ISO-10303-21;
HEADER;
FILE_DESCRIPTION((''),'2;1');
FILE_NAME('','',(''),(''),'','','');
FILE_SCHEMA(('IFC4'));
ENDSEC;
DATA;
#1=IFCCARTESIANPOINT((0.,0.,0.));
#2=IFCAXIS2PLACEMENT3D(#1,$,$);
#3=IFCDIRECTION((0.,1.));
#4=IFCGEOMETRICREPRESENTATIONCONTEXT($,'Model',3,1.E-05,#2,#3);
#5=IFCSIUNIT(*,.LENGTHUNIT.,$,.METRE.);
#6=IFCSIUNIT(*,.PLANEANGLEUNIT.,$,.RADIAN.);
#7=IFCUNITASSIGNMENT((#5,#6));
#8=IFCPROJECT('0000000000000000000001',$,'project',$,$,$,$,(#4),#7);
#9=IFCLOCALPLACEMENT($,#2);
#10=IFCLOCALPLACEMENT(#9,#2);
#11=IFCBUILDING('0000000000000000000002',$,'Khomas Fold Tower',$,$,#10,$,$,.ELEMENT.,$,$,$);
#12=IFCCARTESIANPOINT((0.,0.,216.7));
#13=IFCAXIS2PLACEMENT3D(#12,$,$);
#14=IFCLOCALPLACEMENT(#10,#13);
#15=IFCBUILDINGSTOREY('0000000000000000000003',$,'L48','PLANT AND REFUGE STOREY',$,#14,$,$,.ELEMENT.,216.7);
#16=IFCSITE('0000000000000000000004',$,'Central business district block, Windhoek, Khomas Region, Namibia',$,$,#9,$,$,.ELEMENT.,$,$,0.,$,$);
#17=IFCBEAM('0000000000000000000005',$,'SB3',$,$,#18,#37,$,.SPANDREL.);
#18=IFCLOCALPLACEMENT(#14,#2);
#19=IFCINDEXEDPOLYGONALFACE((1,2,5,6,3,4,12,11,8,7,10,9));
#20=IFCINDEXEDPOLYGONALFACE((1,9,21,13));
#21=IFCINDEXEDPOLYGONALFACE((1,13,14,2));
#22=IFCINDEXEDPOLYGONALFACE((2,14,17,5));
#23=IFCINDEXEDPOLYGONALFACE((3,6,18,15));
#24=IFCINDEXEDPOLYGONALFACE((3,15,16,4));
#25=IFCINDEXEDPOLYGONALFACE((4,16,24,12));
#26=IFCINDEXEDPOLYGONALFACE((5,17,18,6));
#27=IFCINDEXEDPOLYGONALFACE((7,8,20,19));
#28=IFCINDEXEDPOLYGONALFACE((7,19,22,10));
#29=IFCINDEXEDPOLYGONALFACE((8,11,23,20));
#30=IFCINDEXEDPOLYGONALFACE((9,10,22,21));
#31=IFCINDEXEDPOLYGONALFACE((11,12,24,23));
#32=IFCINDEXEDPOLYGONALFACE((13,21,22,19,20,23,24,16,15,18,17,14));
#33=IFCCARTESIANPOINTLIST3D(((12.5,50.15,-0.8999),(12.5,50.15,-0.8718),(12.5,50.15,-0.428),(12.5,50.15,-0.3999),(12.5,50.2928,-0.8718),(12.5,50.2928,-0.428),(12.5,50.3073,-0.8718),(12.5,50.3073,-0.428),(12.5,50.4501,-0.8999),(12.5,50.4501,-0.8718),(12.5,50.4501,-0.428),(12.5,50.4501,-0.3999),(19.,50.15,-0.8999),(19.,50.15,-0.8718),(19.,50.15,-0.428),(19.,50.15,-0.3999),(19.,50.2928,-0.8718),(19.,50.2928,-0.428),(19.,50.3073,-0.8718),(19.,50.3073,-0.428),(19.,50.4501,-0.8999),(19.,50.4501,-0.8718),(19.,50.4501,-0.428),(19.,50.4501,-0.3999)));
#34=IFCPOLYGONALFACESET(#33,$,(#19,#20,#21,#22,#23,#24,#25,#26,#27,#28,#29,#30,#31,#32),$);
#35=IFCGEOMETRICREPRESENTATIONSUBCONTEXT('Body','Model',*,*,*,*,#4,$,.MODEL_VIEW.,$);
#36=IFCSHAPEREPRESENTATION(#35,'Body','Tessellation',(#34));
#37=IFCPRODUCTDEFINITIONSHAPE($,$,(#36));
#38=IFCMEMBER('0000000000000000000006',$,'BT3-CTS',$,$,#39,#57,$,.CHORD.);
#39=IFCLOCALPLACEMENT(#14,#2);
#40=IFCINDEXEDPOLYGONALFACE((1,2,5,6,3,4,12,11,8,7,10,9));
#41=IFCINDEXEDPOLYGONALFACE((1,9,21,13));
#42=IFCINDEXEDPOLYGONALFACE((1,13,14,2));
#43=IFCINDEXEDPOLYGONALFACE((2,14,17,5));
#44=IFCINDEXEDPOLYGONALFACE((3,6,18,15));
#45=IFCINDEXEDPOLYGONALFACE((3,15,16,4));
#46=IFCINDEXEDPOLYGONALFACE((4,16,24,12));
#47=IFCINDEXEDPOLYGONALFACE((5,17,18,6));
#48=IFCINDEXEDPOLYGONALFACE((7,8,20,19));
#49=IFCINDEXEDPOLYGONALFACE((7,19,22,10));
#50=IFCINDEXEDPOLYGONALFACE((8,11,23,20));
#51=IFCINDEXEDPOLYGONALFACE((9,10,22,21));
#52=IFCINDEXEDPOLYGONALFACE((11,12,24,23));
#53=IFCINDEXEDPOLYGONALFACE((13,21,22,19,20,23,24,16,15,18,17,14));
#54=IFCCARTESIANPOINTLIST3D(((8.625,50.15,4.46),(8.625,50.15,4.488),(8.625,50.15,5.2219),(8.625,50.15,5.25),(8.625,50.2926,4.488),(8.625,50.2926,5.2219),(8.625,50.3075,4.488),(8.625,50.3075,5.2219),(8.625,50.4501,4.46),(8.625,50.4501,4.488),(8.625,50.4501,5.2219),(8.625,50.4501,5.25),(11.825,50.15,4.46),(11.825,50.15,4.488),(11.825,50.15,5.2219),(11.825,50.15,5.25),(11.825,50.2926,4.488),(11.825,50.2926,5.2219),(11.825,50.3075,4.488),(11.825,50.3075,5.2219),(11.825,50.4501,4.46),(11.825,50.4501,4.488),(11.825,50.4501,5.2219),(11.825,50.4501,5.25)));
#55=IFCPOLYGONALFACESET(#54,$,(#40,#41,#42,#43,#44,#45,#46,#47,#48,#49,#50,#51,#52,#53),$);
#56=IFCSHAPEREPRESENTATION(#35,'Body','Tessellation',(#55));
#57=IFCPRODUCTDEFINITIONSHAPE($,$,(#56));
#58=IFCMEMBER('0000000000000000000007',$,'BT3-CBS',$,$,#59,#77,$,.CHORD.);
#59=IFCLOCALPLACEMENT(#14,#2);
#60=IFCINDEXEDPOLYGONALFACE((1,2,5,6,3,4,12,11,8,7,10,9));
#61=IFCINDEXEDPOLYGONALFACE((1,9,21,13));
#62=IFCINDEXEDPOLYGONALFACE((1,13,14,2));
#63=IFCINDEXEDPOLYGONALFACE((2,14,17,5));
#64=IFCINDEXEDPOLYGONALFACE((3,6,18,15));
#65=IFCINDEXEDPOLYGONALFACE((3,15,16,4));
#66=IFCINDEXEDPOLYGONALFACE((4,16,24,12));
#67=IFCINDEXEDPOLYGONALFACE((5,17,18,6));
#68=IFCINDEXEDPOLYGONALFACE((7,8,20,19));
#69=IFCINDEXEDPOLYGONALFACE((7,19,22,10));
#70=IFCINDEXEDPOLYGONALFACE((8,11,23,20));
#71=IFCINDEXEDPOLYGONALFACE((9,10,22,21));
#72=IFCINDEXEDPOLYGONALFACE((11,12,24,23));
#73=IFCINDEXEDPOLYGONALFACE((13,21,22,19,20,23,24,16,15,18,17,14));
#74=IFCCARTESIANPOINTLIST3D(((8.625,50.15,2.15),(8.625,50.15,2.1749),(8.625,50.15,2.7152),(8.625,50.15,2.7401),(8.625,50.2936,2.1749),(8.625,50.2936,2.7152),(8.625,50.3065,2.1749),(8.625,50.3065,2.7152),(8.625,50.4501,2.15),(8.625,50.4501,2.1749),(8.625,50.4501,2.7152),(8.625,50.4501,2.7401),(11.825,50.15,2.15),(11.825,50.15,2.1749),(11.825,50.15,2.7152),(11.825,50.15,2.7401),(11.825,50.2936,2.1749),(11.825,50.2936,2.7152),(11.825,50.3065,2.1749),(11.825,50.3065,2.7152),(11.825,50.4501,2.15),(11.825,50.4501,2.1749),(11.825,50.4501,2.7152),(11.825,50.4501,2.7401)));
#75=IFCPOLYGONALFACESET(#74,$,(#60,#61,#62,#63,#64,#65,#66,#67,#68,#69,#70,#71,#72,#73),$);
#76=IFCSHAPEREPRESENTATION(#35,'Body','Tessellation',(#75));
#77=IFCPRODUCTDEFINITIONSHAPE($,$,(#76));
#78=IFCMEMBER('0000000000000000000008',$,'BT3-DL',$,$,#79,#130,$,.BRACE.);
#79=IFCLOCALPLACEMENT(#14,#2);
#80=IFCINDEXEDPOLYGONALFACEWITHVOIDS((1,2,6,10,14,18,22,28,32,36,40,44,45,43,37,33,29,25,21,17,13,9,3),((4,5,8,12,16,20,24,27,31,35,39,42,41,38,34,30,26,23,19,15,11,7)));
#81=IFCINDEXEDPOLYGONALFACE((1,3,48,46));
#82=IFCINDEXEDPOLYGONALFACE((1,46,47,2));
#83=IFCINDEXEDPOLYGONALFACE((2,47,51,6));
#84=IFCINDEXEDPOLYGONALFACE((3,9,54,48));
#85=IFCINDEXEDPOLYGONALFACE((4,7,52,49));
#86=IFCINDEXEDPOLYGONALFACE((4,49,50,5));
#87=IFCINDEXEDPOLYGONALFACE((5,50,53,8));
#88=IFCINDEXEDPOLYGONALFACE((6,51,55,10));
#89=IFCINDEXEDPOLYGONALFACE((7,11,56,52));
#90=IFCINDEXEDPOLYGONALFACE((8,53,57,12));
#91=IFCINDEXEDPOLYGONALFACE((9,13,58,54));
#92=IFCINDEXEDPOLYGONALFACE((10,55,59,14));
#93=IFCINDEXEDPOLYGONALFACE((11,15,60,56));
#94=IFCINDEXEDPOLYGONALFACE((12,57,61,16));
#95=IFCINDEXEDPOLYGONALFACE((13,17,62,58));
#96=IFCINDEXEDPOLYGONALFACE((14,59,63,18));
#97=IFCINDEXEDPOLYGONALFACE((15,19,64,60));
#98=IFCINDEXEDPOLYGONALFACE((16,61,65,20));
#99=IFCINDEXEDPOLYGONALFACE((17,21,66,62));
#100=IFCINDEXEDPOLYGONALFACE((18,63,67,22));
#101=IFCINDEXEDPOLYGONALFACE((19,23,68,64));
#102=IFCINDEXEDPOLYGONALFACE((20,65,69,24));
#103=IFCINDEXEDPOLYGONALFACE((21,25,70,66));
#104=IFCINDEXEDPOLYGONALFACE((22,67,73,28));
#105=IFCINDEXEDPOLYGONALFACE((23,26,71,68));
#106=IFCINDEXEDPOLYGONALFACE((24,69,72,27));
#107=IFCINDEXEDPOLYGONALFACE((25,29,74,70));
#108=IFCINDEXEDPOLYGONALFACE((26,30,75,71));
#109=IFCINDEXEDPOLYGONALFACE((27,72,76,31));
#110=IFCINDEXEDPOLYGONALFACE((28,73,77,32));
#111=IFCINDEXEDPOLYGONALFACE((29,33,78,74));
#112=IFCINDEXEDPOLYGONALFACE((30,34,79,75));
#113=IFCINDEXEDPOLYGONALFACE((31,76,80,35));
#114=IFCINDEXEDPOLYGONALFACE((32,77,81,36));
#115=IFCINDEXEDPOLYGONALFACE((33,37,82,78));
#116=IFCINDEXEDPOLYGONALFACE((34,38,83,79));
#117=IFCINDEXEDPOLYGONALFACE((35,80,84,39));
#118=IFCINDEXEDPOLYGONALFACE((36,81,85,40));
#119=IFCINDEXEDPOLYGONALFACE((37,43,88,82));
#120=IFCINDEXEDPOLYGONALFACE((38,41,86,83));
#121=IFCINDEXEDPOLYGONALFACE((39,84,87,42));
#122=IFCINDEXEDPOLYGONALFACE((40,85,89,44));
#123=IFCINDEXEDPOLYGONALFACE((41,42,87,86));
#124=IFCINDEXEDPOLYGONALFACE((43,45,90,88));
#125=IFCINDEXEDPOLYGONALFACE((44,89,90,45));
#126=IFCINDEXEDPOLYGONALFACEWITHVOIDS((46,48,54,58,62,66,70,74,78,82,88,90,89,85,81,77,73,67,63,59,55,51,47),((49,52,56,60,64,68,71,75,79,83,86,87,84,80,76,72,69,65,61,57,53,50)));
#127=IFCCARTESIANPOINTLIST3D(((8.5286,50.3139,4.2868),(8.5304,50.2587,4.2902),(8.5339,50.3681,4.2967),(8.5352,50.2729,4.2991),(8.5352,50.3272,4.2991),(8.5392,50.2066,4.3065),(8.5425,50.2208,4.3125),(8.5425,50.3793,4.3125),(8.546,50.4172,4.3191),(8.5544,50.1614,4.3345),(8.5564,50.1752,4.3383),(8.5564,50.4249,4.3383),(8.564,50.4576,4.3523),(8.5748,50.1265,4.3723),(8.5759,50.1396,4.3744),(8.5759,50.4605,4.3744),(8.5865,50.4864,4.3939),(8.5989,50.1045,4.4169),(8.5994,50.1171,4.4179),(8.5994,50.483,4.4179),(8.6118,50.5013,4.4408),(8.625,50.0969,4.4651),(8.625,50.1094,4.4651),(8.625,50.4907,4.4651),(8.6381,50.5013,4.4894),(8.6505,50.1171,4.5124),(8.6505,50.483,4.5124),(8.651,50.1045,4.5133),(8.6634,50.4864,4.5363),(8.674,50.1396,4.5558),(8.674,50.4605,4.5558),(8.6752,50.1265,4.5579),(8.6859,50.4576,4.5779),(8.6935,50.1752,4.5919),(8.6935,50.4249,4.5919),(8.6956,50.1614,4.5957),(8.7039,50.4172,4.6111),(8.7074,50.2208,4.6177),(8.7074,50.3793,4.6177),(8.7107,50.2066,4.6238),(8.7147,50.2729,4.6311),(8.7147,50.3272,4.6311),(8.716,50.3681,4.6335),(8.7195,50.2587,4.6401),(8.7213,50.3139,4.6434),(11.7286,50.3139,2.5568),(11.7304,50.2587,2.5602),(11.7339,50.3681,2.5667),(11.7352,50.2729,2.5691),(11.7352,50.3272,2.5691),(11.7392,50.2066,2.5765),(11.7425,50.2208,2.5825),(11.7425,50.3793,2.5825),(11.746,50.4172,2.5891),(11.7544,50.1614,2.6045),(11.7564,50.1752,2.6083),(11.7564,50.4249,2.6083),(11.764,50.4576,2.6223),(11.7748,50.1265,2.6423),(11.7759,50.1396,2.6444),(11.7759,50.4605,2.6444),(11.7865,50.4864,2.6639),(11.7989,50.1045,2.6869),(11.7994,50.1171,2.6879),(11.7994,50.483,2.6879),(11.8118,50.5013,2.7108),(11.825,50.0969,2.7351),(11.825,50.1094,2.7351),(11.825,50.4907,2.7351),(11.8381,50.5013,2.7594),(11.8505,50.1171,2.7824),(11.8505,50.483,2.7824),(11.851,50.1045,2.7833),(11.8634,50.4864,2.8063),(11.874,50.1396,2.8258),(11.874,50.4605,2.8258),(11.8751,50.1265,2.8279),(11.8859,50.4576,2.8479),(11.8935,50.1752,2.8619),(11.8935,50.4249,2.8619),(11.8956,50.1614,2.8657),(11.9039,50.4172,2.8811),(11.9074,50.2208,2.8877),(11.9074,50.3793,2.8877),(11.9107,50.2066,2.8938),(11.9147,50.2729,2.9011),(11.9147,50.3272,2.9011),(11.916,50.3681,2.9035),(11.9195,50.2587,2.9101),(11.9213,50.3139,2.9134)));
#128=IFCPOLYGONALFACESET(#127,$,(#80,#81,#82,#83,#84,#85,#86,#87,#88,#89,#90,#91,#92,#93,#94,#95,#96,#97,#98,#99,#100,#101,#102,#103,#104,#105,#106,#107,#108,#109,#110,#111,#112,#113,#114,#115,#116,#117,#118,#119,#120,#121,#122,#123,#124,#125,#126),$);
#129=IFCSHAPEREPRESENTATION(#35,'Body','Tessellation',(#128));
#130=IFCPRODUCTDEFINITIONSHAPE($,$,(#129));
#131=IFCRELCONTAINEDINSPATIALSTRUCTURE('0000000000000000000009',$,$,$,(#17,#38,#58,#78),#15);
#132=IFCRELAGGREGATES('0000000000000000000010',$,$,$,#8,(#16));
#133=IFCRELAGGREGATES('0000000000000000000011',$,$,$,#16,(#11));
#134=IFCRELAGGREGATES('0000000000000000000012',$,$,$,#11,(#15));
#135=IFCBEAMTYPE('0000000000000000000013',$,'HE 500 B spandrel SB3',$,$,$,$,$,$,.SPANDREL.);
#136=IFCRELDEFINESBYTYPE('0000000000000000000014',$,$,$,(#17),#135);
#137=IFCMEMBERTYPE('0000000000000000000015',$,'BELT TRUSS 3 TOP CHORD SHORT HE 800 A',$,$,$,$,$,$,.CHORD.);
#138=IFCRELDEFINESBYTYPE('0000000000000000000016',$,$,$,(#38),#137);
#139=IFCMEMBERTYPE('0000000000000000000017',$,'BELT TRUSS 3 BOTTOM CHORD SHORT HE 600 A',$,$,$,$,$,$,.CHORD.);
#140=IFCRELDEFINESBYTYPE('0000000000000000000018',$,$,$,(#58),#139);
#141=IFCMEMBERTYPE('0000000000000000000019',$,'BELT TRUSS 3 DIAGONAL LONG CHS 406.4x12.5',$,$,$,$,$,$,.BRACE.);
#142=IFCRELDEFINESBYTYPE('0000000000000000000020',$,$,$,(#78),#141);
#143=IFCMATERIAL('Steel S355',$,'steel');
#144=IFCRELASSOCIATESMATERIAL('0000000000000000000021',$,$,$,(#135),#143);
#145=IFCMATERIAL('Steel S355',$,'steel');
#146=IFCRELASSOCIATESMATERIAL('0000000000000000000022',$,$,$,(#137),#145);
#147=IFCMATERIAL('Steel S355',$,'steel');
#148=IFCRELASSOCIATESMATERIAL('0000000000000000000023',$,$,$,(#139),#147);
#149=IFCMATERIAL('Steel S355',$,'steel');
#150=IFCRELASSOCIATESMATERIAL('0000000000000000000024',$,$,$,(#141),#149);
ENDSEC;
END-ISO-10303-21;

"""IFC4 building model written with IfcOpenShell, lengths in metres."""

from ifc_helpers import new_model, si_unit, direction, frame, origin, origin_2d, place, context, subcontext, project, spatial, hollow_circle, i_section, extrude, source, transform, mapped, material, material_profile, profile_set, type_object, element, save


model = new_model("IFC4")

# Units and contexts
model_context = context("Model", 3, precision=1e-05, world=origin(), true_north=direction((0.0, 1.0)))
body_context = subcontext(model_context, "Body", "Model", "MODEL_VIEW")
ifc_project = project(units=[si_unit("LENGTHUNIT", "METRE"), si_unit("PLANEANGLEUNIT", "RADIAN")], contexts=[model_context])

# Site, building, storey
site_placement = place(None, origin())
site = spatial("IfcSite", under=ifc_project, at=site_placement, Name="Central business district block, Windhoek, Khomas Region, Namibia", CompositionType="ELEMENT", RefElevation=0.0)
building_placement = place(site_placement, origin())
building = spatial("IfcBuilding", under=site, at=building_placement, Name="Khomas Fold Tower", CompositionType="ELEMENT")
storey_placement = place(building_placement, frame((0.0, 0.0, 216.7)))
storey = spatial("IfcBuildingStorey", under=building, at=storey_placement, Name="L48", Description="PLANT AND REFUGE STOREY", CompositionType="ELEMENT", Elevation=216.7)

# Beam
ifc_material_1 = material(Name="Steel S355", Category="steel")
ifc_material_profile_1 = material_profile(ifc_material_1, i_section(OverallWidth=0.3, OverallDepth=0.5, WebThickness=0.0144, FlangeThickness=0.0281, at=origin_2d()), Name="HE 500 B")
ifc_profile_set_1 = profile_set([ifc_material_profile_1], Name="Steel S355")
beam_type = type_object("IfcBeamType", Name="HE 500 B spandrel SB3", PredefinedType="SPANDREL", material=ifc_profile_set_1)
shared_shape_1 = source(origin(), body_context, "Body", "SweptSolid", [
    extrude(i_section(OverallWidth=0.3, OverallDepth=0.5, WebThickness=0.0144, FlangeThickness=0.0281, at=origin_2d()), origin(), (0.0, 0.0, 1.0), 6.5),
])
beam_placement = place(storey_placement, frame((12.5, 50.3, -0.6499), z_axis=(1.0, 0.0, 0.0), x_axis=(0.0, 1.0, 0.0)))
element("IfcBeam", 1, at=beam_placement, inside=storey, type_object=beam_type, Name="SB3", PredefinedType="SPANDREL", context=body_context, shape_type="MappedRepresentation", body=[
    mapped(shared_shape_1, transform((0.0, 0.0, 0.0))),
])

# Members
ifc_material_2 = material(Name="Steel S355", Category="steel")
ifc_material_profile_2 = material_profile(ifc_material_2, i_section(OverallWidth=0.3, OverallDepth=0.79, WebThickness=0.0149, FlangeThickness=0.0281, at=origin_2d()), Name="HE 800 A")
ifc_profile_set_2 = profile_set([ifc_material_profile_2], Name="Steel S355")
member_type_1 = type_object("IfcMemberType", Name="BELT TRUSS 3 TOP CHORD SHORT HE 800 A", PredefinedType="CHORD", material=ifc_profile_set_2)
shared_shape_2 = source(origin(), body_context, "Body", "SweptSolid", [
    extrude(i_section(OverallWidth=0.3, OverallDepth=0.79, WebThickness=0.0149, FlangeThickness=0.0281, at=origin_2d()), origin(), (0.0, 0.0, 1.0), 3.2),
])
member_1_placement = place(storey_placement, frame((11.825, 50.3, 4.855), z_axis=(-1.0, 0.0, 0.0), x_axis=(0.0, -1.0, 0.0)))
element("IfcMember", 2, at=member_1_placement, inside=storey, type_object=member_type_1, Name="BT3-CTS", PredefinedType="CHORD", context=body_context, shape_type="MappedRepresentation", body=[
    mapped(shared_shape_2, transform((0.0, 0.0, 0.0))),
])
ifc_material_3 = material(Name="Steel S355", Category="steel")
ifc_material_profile_3 = material_profile(ifc_material_3, i_section(OverallWidth=0.3, OverallDepth=0.5901, WebThickness=0.0129, FlangeThickness=0.0249, at=origin_2d()), Name="HE 600 A")
ifc_profile_set_3 = profile_set([ifc_material_profile_3], Name="Steel S355")
member_type_2 = type_object("IfcMemberType", Name="BELT TRUSS 3 BOTTOM CHORD SHORT HE 600 A", PredefinedType="CHORD", material=ifc_profile_set_3)
shared_shape_3 = source(origin(), body_context, "Body", "SweptSolid", [
    extrude(i_section(OverallWidth=0.3, OverallDepth=0.5901, WebThickness=0.0129, FlangeThickness=0.0249, at=origin_2d()), origin(), (0.0, 0.0, 1.0), 3.2),
])
member_2_placement = place(storey_placement, frame((11.825, 50.3, 2.4451), z_axis=(-1.0, 0.0, 0.0), x_axis=(0.0, -1.0, 0.0)))
element("IfcMember", 3, at=member_2_placement, inside=storey, type_object=member_type_2, Name="BT3-CBS", PredefinedType="CHORD", context=body_context, shape_type="MappedRepresentation", body=[
    mapped(shared_shape_3, transform((0.0, 0.0, 0.0))),
])
ifc_material_4 = material(Name="Steel S355", Category="steel")
ifc_material_profile_4 = material_profile(ifc_material_4, hollow_circle(Radius=0.2031, WallThickness=0.0125, at=origin_2d()), Name="CHS 406.4x12.5")
ifc_profile_set_4 = profile_set([ifc_material_profile_4], Name="Steel S355")
member_type_3 = type_object("IfcMemberType", Name="BELT TRUSS 3 DIAGONAL LONG CHS 406.4x12.5", PredefinedType="BRACE", material=ifc_profile_set_4)
shared_shape_4 = source(origin(), body_context, "Body", "SweptSolid", [
    extrude(hollow_circle(Radius=0.2031, WallThickness=0.0125, at=origin_2d()), origin(), (0.0, 0.0, 1.0), 3.6377),
])
member_3_placement = place(storey_placement, frame((11.825, 50.3, 2.7351), z_axis=(-0.879675, 0.0, 0.475576), x_axis=(0.0, -1.0, 0.0)))
element("IfcMember", 4, at=member_3_placement, inside=storey, type_object=member_type_3, Name="BT3-DL", PredefinedType="BRACE", context=body_context, shape_type="MappedRepresentation", body=[
    mapped(shared_shape_4, transform((0.0, 0.0, 0.0))),
])

save(model, "model.ifc")
